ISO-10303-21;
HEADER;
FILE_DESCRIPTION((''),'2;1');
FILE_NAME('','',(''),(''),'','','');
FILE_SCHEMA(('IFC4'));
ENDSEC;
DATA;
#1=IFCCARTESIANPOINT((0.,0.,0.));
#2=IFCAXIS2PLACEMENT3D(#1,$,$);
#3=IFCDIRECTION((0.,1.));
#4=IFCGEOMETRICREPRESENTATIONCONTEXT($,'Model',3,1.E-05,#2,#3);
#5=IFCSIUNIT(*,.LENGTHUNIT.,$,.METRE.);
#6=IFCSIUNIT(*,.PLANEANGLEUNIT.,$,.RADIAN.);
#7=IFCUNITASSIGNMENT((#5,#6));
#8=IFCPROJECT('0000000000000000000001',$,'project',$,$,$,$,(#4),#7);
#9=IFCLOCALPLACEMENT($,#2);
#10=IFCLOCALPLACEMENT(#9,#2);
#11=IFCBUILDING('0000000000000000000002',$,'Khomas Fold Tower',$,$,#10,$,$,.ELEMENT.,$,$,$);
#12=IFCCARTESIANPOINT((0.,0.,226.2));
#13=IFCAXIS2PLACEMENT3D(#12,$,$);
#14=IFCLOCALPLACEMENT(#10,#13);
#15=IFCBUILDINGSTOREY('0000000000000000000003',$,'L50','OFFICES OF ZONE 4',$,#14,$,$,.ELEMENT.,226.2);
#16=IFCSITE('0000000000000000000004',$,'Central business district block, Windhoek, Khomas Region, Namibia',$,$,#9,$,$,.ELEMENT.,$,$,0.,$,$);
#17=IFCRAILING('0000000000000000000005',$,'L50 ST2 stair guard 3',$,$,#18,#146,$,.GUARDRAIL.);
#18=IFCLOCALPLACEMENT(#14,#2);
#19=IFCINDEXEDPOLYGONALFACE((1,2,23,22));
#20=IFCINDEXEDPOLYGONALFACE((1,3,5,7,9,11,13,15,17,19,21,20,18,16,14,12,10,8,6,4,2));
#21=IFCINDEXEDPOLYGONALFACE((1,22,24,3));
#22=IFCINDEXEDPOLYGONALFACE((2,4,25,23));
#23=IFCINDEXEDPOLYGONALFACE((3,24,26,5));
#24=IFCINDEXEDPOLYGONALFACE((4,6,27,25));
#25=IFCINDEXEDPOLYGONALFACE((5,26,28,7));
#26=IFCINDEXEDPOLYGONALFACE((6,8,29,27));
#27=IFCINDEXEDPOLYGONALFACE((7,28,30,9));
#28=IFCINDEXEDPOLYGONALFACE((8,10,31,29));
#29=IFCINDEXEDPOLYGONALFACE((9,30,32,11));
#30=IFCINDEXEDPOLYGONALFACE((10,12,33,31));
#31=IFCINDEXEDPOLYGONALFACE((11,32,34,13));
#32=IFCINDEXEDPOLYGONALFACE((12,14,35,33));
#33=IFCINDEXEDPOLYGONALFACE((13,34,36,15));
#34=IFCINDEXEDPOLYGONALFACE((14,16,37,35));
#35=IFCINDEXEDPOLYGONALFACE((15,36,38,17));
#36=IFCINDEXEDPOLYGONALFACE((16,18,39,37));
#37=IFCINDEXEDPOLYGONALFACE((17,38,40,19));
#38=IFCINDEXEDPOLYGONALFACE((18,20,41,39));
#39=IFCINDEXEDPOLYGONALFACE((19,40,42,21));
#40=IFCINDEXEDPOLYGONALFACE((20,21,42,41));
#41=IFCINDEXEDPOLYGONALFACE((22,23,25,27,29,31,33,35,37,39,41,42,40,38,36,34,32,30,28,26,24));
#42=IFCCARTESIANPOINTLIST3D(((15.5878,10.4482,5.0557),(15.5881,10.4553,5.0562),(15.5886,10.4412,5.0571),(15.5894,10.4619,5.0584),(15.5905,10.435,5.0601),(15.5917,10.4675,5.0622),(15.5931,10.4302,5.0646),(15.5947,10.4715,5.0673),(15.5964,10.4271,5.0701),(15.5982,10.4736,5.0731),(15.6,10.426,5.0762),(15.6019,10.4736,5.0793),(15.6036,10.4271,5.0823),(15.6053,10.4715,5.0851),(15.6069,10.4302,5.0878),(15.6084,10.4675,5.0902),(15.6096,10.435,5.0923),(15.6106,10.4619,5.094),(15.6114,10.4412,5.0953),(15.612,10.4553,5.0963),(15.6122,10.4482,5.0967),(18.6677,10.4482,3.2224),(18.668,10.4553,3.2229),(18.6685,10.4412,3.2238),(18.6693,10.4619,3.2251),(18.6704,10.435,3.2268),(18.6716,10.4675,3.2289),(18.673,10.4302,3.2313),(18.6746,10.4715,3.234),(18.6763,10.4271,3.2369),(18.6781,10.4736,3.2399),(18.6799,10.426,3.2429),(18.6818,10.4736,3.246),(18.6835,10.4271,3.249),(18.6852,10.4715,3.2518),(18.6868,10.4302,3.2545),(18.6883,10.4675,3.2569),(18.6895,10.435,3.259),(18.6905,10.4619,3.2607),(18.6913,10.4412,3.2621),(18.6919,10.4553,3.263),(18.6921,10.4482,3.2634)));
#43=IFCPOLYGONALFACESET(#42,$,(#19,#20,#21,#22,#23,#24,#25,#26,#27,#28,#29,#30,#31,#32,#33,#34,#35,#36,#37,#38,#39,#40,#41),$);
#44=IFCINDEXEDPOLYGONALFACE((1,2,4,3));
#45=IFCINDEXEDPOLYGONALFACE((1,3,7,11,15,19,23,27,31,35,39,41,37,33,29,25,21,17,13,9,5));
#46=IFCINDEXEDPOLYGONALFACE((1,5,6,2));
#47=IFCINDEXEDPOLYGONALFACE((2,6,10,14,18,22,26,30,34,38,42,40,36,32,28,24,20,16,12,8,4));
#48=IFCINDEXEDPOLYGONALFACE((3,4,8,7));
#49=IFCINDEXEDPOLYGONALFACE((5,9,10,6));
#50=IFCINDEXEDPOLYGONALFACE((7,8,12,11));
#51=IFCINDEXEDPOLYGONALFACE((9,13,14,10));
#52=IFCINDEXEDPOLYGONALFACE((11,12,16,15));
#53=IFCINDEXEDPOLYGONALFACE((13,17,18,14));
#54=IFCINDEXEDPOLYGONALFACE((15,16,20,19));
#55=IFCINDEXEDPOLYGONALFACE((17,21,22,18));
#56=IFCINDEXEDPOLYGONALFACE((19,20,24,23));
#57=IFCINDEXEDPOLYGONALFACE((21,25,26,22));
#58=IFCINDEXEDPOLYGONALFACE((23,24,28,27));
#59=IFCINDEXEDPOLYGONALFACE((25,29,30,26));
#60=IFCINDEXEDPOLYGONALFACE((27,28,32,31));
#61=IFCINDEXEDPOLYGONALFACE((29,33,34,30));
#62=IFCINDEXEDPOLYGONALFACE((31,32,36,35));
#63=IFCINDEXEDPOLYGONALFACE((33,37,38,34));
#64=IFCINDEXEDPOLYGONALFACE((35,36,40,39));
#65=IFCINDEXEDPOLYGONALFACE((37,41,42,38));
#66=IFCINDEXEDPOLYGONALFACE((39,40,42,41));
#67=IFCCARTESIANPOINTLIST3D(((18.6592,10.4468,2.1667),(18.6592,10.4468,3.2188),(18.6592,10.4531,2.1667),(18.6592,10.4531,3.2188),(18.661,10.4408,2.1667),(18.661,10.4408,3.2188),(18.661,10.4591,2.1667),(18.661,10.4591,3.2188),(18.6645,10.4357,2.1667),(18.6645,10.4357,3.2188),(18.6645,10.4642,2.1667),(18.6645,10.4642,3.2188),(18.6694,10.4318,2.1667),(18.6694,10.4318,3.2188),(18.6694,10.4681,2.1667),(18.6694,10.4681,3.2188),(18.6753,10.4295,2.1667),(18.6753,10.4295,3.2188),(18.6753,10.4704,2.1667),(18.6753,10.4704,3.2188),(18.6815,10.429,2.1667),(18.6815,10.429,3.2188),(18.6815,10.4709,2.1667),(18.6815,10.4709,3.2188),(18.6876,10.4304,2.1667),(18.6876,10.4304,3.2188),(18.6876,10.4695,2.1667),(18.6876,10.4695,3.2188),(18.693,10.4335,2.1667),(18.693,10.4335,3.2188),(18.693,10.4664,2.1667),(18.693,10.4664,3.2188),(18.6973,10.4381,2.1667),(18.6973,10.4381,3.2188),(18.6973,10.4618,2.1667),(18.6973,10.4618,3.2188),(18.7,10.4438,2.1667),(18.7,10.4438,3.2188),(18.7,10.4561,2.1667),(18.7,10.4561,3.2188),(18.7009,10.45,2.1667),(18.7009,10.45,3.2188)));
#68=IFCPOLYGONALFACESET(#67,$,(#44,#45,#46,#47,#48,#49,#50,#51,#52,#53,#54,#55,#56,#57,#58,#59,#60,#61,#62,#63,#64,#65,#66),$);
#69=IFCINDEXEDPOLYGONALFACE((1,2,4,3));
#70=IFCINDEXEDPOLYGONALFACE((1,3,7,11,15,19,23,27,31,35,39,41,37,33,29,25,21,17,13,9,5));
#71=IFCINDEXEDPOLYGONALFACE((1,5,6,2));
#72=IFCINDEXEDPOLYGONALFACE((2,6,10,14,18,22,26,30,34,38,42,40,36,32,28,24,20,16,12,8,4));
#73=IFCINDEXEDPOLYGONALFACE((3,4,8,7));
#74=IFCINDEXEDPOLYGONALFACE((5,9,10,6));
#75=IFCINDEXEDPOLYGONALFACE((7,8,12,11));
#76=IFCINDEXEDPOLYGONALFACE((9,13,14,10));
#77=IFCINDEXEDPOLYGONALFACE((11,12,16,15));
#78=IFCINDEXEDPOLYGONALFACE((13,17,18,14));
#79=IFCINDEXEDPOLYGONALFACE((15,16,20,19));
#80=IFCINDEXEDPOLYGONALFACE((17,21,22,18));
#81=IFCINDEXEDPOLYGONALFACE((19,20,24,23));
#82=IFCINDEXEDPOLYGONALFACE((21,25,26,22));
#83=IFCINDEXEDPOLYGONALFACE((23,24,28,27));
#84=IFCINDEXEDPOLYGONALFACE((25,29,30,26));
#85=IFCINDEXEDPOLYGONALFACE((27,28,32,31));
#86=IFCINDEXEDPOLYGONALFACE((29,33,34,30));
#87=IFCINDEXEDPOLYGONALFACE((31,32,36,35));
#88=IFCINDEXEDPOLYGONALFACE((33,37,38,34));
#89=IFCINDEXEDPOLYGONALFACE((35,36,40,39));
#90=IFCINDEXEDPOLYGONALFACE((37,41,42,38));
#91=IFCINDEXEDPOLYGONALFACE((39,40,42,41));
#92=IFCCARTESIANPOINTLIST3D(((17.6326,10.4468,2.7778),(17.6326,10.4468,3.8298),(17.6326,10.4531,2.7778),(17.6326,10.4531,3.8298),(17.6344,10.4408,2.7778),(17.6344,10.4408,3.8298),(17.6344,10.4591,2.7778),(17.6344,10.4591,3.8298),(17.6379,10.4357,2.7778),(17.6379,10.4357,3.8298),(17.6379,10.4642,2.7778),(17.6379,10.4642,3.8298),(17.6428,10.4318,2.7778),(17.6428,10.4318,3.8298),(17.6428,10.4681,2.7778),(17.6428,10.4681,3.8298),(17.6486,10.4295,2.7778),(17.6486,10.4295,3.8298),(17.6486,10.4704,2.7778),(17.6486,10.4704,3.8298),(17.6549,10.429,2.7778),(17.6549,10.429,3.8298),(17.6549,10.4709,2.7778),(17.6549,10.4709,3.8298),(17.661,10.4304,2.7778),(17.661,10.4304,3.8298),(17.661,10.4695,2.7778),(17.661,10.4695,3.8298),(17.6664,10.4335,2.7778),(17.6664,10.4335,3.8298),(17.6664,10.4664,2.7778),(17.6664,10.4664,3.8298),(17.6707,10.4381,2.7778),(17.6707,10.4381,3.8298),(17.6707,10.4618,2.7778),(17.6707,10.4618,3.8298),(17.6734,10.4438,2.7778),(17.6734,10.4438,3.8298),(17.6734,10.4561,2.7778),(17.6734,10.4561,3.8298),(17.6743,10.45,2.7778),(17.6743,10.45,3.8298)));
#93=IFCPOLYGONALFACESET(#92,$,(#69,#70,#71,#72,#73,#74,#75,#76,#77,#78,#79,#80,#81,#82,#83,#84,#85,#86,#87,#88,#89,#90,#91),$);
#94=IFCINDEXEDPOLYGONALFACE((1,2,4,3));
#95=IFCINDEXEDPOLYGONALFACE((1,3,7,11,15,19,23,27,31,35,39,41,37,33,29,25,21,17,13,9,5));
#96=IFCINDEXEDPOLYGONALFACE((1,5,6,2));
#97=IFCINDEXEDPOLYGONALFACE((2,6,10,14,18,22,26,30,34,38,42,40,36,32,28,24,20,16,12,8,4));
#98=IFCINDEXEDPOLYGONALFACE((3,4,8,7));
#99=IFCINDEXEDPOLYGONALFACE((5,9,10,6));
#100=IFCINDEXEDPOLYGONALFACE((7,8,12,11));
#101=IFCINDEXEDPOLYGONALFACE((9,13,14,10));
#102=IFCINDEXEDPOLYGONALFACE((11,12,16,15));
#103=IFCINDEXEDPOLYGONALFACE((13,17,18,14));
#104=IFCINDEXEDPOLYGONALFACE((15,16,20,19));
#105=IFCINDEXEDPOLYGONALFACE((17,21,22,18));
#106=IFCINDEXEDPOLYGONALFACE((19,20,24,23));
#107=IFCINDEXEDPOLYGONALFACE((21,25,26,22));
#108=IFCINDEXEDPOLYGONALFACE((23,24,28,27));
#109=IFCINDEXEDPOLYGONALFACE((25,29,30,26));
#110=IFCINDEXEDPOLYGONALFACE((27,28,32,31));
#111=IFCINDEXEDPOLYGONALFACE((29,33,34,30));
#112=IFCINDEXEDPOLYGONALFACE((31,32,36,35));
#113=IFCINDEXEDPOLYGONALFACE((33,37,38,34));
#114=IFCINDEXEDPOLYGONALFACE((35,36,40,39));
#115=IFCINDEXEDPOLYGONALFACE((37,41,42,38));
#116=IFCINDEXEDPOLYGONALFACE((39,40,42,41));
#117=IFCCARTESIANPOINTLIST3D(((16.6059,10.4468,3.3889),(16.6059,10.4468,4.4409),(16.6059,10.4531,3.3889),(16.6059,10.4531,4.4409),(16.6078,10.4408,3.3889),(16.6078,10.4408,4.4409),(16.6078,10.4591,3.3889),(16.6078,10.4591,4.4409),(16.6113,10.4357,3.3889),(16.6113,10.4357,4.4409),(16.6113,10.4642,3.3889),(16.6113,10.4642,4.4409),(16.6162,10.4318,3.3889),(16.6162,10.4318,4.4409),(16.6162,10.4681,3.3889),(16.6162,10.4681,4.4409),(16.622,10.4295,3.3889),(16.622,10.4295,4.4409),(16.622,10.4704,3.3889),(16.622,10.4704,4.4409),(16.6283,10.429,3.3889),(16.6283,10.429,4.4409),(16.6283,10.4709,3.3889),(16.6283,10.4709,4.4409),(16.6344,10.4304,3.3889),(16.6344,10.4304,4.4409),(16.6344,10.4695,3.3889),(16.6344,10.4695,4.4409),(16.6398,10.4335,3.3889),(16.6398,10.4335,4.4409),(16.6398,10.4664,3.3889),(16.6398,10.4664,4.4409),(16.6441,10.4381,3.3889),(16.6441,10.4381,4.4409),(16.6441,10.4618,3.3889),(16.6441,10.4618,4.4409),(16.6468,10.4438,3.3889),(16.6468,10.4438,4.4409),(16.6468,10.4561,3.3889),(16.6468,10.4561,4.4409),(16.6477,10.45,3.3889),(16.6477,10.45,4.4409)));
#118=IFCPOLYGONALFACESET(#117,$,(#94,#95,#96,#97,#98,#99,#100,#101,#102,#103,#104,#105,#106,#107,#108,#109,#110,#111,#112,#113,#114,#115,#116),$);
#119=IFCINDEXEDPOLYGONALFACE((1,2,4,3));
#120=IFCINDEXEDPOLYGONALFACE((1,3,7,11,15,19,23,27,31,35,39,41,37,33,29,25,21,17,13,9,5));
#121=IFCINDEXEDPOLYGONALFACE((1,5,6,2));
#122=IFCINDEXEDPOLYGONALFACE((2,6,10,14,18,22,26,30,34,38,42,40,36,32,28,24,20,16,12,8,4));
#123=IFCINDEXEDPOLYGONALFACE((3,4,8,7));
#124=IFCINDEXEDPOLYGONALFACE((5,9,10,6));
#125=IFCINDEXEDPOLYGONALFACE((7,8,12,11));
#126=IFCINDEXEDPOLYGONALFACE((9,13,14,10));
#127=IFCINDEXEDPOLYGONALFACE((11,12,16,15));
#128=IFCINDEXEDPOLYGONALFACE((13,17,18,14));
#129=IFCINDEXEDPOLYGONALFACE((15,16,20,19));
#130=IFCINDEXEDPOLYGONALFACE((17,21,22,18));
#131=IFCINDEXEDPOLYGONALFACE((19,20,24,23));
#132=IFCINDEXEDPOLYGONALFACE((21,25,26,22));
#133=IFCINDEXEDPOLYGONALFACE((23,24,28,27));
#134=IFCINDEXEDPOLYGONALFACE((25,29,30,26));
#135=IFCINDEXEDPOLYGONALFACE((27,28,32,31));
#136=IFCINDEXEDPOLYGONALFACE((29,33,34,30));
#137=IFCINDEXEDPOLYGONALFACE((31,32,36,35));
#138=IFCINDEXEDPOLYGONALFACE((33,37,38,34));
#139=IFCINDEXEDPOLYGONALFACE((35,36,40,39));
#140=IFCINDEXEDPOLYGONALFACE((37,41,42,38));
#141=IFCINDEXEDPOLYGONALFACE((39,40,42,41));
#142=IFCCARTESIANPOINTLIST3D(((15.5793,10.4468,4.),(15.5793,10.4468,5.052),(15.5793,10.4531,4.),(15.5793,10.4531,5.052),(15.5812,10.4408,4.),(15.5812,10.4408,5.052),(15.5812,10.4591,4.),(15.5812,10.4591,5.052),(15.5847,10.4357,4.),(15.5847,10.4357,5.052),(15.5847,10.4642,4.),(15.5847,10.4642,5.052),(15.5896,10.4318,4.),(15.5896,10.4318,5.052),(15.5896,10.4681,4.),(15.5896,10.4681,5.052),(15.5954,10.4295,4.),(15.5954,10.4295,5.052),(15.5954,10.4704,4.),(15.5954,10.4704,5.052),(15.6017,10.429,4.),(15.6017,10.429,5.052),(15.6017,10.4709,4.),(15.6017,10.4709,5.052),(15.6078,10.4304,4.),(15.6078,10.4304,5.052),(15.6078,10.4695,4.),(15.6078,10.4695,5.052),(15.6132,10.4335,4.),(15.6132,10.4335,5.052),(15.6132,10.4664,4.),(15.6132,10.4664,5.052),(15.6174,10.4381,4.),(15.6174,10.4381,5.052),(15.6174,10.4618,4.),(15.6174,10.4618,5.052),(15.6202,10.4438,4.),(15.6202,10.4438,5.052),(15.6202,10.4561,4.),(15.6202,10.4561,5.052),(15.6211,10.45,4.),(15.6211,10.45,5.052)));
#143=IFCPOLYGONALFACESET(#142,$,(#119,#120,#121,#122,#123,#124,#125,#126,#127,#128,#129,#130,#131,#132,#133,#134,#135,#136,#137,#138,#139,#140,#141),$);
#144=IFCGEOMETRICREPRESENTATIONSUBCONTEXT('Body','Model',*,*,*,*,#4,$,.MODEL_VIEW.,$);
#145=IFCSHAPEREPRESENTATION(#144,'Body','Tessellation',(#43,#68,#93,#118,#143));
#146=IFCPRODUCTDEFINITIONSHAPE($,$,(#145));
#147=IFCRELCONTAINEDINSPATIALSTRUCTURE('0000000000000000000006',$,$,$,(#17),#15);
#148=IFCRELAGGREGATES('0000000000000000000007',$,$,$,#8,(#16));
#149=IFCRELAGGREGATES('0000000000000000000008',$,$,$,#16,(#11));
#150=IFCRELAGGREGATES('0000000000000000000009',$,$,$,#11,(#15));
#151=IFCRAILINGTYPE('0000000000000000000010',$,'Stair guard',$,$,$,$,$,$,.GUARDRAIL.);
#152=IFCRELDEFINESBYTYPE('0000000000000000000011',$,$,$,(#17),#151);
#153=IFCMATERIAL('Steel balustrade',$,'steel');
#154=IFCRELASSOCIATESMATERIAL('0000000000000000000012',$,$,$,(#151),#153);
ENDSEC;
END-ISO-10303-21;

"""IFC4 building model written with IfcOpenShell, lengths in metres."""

from ifc_helpers import new_model, si_unit, direction, frame, origin, origin_2d, place, context, subcontext, project, spatial, circle, extrude, source, transform, mapped, material, type_object, element, save


model = new_model("IFC4")

# Units and contexts
model_context = context("Model", 3, precision=1e-05, world=origin(), true_north=direction((0.0, 1.0)))
body_context = subcontext(model_context, "Body", "Model", "MODEL_VIEW")
ifc_project = project(units=[si_unit("LENGTHUNIT", "METRE"), si_unit("PLANEANGLEUNIT", "RADIAN")], contexts=[model_context])

# Site, building, storey
site_placement = place(None, origin())
site = spatial("IfcSite", under=ifc_project, at=site_placement, Name="Central business district block, Windhoek, Khomas Region, Namibia", CompositionType="ELEMENT", RefElevation=0.0)
building_placement = place(site_placement, origin())
building = spatial("IfcBuilding", under=site, at=building_placement, Name="Khomas Fold Tower", CompositionType="ELEMENT")
storey_placement = place(building_placement, frame((0.0, 0.0, 226.2)))
storey = spatial("IfcBuildingStorey", under=building, at=storey_placement, Name="L50", Description="OFFICES OF ZONE 4", CompositionType="ELEMENT", Elevation=226.2)

# Railing
ifc_material_1 = material(Name="Steel balustrade", Category="steel")
railing_type_1 = type_object("IfcRailingType", Name="Stair guard", PredefinedType="GUARDRAIL", material=ifc_material_1)
shared_shape_1 = source(origin(), body_context, "Body", "SweptSolid", [
    extrude(circle(Radius=0.0239, at=origin_2d()), frame((0.0, 0.0, 1.0762), z_axis=(-0.859291, 0.0, 0.511487), x_axis=(0.0, -1.0, 0.0)), (0.0, 0.0, 1.0), 3.5842),
    extrude(circle(Radius=0.021, at=origin_2d()), origin(), (0.0, 0.0, 1.0), 1.052),
    extrude(circle(Radius=0.021, at=origin_2d()), frame((-1.0266, 0.0, 0.6111)), (0.0, 0.0, 1.0), 1.052),
    extrude(circle(Radius=0.021, at=origin_2d()), frame((-2.0532, 0.0, 1.2222)), (0.0, 0.0, 1.0), 1.052),
    extrude(circle(Radius=0.021, at=origin_2d()), frame((-3.0798, 0.0, 1.8333)), (0.0, 0.0, 1.0), 1.052),
])
railing_1_placement = place(storey_placement, frame((18.6799, 10.45, 2.1667)))
element("IfcRailing", 1, at=railing_1_placement, inside=storey, type_object=railing_type_1, Name="L50 ST2 stair guard 3", PredefinedType="GUARDRAIL", context=body_context, shape_type="MappedRepresentation", body=[
    mapped(shared_shape_1, transform((0.0, 0.0, 0.0))),
])

save(model, "model.ifc")
